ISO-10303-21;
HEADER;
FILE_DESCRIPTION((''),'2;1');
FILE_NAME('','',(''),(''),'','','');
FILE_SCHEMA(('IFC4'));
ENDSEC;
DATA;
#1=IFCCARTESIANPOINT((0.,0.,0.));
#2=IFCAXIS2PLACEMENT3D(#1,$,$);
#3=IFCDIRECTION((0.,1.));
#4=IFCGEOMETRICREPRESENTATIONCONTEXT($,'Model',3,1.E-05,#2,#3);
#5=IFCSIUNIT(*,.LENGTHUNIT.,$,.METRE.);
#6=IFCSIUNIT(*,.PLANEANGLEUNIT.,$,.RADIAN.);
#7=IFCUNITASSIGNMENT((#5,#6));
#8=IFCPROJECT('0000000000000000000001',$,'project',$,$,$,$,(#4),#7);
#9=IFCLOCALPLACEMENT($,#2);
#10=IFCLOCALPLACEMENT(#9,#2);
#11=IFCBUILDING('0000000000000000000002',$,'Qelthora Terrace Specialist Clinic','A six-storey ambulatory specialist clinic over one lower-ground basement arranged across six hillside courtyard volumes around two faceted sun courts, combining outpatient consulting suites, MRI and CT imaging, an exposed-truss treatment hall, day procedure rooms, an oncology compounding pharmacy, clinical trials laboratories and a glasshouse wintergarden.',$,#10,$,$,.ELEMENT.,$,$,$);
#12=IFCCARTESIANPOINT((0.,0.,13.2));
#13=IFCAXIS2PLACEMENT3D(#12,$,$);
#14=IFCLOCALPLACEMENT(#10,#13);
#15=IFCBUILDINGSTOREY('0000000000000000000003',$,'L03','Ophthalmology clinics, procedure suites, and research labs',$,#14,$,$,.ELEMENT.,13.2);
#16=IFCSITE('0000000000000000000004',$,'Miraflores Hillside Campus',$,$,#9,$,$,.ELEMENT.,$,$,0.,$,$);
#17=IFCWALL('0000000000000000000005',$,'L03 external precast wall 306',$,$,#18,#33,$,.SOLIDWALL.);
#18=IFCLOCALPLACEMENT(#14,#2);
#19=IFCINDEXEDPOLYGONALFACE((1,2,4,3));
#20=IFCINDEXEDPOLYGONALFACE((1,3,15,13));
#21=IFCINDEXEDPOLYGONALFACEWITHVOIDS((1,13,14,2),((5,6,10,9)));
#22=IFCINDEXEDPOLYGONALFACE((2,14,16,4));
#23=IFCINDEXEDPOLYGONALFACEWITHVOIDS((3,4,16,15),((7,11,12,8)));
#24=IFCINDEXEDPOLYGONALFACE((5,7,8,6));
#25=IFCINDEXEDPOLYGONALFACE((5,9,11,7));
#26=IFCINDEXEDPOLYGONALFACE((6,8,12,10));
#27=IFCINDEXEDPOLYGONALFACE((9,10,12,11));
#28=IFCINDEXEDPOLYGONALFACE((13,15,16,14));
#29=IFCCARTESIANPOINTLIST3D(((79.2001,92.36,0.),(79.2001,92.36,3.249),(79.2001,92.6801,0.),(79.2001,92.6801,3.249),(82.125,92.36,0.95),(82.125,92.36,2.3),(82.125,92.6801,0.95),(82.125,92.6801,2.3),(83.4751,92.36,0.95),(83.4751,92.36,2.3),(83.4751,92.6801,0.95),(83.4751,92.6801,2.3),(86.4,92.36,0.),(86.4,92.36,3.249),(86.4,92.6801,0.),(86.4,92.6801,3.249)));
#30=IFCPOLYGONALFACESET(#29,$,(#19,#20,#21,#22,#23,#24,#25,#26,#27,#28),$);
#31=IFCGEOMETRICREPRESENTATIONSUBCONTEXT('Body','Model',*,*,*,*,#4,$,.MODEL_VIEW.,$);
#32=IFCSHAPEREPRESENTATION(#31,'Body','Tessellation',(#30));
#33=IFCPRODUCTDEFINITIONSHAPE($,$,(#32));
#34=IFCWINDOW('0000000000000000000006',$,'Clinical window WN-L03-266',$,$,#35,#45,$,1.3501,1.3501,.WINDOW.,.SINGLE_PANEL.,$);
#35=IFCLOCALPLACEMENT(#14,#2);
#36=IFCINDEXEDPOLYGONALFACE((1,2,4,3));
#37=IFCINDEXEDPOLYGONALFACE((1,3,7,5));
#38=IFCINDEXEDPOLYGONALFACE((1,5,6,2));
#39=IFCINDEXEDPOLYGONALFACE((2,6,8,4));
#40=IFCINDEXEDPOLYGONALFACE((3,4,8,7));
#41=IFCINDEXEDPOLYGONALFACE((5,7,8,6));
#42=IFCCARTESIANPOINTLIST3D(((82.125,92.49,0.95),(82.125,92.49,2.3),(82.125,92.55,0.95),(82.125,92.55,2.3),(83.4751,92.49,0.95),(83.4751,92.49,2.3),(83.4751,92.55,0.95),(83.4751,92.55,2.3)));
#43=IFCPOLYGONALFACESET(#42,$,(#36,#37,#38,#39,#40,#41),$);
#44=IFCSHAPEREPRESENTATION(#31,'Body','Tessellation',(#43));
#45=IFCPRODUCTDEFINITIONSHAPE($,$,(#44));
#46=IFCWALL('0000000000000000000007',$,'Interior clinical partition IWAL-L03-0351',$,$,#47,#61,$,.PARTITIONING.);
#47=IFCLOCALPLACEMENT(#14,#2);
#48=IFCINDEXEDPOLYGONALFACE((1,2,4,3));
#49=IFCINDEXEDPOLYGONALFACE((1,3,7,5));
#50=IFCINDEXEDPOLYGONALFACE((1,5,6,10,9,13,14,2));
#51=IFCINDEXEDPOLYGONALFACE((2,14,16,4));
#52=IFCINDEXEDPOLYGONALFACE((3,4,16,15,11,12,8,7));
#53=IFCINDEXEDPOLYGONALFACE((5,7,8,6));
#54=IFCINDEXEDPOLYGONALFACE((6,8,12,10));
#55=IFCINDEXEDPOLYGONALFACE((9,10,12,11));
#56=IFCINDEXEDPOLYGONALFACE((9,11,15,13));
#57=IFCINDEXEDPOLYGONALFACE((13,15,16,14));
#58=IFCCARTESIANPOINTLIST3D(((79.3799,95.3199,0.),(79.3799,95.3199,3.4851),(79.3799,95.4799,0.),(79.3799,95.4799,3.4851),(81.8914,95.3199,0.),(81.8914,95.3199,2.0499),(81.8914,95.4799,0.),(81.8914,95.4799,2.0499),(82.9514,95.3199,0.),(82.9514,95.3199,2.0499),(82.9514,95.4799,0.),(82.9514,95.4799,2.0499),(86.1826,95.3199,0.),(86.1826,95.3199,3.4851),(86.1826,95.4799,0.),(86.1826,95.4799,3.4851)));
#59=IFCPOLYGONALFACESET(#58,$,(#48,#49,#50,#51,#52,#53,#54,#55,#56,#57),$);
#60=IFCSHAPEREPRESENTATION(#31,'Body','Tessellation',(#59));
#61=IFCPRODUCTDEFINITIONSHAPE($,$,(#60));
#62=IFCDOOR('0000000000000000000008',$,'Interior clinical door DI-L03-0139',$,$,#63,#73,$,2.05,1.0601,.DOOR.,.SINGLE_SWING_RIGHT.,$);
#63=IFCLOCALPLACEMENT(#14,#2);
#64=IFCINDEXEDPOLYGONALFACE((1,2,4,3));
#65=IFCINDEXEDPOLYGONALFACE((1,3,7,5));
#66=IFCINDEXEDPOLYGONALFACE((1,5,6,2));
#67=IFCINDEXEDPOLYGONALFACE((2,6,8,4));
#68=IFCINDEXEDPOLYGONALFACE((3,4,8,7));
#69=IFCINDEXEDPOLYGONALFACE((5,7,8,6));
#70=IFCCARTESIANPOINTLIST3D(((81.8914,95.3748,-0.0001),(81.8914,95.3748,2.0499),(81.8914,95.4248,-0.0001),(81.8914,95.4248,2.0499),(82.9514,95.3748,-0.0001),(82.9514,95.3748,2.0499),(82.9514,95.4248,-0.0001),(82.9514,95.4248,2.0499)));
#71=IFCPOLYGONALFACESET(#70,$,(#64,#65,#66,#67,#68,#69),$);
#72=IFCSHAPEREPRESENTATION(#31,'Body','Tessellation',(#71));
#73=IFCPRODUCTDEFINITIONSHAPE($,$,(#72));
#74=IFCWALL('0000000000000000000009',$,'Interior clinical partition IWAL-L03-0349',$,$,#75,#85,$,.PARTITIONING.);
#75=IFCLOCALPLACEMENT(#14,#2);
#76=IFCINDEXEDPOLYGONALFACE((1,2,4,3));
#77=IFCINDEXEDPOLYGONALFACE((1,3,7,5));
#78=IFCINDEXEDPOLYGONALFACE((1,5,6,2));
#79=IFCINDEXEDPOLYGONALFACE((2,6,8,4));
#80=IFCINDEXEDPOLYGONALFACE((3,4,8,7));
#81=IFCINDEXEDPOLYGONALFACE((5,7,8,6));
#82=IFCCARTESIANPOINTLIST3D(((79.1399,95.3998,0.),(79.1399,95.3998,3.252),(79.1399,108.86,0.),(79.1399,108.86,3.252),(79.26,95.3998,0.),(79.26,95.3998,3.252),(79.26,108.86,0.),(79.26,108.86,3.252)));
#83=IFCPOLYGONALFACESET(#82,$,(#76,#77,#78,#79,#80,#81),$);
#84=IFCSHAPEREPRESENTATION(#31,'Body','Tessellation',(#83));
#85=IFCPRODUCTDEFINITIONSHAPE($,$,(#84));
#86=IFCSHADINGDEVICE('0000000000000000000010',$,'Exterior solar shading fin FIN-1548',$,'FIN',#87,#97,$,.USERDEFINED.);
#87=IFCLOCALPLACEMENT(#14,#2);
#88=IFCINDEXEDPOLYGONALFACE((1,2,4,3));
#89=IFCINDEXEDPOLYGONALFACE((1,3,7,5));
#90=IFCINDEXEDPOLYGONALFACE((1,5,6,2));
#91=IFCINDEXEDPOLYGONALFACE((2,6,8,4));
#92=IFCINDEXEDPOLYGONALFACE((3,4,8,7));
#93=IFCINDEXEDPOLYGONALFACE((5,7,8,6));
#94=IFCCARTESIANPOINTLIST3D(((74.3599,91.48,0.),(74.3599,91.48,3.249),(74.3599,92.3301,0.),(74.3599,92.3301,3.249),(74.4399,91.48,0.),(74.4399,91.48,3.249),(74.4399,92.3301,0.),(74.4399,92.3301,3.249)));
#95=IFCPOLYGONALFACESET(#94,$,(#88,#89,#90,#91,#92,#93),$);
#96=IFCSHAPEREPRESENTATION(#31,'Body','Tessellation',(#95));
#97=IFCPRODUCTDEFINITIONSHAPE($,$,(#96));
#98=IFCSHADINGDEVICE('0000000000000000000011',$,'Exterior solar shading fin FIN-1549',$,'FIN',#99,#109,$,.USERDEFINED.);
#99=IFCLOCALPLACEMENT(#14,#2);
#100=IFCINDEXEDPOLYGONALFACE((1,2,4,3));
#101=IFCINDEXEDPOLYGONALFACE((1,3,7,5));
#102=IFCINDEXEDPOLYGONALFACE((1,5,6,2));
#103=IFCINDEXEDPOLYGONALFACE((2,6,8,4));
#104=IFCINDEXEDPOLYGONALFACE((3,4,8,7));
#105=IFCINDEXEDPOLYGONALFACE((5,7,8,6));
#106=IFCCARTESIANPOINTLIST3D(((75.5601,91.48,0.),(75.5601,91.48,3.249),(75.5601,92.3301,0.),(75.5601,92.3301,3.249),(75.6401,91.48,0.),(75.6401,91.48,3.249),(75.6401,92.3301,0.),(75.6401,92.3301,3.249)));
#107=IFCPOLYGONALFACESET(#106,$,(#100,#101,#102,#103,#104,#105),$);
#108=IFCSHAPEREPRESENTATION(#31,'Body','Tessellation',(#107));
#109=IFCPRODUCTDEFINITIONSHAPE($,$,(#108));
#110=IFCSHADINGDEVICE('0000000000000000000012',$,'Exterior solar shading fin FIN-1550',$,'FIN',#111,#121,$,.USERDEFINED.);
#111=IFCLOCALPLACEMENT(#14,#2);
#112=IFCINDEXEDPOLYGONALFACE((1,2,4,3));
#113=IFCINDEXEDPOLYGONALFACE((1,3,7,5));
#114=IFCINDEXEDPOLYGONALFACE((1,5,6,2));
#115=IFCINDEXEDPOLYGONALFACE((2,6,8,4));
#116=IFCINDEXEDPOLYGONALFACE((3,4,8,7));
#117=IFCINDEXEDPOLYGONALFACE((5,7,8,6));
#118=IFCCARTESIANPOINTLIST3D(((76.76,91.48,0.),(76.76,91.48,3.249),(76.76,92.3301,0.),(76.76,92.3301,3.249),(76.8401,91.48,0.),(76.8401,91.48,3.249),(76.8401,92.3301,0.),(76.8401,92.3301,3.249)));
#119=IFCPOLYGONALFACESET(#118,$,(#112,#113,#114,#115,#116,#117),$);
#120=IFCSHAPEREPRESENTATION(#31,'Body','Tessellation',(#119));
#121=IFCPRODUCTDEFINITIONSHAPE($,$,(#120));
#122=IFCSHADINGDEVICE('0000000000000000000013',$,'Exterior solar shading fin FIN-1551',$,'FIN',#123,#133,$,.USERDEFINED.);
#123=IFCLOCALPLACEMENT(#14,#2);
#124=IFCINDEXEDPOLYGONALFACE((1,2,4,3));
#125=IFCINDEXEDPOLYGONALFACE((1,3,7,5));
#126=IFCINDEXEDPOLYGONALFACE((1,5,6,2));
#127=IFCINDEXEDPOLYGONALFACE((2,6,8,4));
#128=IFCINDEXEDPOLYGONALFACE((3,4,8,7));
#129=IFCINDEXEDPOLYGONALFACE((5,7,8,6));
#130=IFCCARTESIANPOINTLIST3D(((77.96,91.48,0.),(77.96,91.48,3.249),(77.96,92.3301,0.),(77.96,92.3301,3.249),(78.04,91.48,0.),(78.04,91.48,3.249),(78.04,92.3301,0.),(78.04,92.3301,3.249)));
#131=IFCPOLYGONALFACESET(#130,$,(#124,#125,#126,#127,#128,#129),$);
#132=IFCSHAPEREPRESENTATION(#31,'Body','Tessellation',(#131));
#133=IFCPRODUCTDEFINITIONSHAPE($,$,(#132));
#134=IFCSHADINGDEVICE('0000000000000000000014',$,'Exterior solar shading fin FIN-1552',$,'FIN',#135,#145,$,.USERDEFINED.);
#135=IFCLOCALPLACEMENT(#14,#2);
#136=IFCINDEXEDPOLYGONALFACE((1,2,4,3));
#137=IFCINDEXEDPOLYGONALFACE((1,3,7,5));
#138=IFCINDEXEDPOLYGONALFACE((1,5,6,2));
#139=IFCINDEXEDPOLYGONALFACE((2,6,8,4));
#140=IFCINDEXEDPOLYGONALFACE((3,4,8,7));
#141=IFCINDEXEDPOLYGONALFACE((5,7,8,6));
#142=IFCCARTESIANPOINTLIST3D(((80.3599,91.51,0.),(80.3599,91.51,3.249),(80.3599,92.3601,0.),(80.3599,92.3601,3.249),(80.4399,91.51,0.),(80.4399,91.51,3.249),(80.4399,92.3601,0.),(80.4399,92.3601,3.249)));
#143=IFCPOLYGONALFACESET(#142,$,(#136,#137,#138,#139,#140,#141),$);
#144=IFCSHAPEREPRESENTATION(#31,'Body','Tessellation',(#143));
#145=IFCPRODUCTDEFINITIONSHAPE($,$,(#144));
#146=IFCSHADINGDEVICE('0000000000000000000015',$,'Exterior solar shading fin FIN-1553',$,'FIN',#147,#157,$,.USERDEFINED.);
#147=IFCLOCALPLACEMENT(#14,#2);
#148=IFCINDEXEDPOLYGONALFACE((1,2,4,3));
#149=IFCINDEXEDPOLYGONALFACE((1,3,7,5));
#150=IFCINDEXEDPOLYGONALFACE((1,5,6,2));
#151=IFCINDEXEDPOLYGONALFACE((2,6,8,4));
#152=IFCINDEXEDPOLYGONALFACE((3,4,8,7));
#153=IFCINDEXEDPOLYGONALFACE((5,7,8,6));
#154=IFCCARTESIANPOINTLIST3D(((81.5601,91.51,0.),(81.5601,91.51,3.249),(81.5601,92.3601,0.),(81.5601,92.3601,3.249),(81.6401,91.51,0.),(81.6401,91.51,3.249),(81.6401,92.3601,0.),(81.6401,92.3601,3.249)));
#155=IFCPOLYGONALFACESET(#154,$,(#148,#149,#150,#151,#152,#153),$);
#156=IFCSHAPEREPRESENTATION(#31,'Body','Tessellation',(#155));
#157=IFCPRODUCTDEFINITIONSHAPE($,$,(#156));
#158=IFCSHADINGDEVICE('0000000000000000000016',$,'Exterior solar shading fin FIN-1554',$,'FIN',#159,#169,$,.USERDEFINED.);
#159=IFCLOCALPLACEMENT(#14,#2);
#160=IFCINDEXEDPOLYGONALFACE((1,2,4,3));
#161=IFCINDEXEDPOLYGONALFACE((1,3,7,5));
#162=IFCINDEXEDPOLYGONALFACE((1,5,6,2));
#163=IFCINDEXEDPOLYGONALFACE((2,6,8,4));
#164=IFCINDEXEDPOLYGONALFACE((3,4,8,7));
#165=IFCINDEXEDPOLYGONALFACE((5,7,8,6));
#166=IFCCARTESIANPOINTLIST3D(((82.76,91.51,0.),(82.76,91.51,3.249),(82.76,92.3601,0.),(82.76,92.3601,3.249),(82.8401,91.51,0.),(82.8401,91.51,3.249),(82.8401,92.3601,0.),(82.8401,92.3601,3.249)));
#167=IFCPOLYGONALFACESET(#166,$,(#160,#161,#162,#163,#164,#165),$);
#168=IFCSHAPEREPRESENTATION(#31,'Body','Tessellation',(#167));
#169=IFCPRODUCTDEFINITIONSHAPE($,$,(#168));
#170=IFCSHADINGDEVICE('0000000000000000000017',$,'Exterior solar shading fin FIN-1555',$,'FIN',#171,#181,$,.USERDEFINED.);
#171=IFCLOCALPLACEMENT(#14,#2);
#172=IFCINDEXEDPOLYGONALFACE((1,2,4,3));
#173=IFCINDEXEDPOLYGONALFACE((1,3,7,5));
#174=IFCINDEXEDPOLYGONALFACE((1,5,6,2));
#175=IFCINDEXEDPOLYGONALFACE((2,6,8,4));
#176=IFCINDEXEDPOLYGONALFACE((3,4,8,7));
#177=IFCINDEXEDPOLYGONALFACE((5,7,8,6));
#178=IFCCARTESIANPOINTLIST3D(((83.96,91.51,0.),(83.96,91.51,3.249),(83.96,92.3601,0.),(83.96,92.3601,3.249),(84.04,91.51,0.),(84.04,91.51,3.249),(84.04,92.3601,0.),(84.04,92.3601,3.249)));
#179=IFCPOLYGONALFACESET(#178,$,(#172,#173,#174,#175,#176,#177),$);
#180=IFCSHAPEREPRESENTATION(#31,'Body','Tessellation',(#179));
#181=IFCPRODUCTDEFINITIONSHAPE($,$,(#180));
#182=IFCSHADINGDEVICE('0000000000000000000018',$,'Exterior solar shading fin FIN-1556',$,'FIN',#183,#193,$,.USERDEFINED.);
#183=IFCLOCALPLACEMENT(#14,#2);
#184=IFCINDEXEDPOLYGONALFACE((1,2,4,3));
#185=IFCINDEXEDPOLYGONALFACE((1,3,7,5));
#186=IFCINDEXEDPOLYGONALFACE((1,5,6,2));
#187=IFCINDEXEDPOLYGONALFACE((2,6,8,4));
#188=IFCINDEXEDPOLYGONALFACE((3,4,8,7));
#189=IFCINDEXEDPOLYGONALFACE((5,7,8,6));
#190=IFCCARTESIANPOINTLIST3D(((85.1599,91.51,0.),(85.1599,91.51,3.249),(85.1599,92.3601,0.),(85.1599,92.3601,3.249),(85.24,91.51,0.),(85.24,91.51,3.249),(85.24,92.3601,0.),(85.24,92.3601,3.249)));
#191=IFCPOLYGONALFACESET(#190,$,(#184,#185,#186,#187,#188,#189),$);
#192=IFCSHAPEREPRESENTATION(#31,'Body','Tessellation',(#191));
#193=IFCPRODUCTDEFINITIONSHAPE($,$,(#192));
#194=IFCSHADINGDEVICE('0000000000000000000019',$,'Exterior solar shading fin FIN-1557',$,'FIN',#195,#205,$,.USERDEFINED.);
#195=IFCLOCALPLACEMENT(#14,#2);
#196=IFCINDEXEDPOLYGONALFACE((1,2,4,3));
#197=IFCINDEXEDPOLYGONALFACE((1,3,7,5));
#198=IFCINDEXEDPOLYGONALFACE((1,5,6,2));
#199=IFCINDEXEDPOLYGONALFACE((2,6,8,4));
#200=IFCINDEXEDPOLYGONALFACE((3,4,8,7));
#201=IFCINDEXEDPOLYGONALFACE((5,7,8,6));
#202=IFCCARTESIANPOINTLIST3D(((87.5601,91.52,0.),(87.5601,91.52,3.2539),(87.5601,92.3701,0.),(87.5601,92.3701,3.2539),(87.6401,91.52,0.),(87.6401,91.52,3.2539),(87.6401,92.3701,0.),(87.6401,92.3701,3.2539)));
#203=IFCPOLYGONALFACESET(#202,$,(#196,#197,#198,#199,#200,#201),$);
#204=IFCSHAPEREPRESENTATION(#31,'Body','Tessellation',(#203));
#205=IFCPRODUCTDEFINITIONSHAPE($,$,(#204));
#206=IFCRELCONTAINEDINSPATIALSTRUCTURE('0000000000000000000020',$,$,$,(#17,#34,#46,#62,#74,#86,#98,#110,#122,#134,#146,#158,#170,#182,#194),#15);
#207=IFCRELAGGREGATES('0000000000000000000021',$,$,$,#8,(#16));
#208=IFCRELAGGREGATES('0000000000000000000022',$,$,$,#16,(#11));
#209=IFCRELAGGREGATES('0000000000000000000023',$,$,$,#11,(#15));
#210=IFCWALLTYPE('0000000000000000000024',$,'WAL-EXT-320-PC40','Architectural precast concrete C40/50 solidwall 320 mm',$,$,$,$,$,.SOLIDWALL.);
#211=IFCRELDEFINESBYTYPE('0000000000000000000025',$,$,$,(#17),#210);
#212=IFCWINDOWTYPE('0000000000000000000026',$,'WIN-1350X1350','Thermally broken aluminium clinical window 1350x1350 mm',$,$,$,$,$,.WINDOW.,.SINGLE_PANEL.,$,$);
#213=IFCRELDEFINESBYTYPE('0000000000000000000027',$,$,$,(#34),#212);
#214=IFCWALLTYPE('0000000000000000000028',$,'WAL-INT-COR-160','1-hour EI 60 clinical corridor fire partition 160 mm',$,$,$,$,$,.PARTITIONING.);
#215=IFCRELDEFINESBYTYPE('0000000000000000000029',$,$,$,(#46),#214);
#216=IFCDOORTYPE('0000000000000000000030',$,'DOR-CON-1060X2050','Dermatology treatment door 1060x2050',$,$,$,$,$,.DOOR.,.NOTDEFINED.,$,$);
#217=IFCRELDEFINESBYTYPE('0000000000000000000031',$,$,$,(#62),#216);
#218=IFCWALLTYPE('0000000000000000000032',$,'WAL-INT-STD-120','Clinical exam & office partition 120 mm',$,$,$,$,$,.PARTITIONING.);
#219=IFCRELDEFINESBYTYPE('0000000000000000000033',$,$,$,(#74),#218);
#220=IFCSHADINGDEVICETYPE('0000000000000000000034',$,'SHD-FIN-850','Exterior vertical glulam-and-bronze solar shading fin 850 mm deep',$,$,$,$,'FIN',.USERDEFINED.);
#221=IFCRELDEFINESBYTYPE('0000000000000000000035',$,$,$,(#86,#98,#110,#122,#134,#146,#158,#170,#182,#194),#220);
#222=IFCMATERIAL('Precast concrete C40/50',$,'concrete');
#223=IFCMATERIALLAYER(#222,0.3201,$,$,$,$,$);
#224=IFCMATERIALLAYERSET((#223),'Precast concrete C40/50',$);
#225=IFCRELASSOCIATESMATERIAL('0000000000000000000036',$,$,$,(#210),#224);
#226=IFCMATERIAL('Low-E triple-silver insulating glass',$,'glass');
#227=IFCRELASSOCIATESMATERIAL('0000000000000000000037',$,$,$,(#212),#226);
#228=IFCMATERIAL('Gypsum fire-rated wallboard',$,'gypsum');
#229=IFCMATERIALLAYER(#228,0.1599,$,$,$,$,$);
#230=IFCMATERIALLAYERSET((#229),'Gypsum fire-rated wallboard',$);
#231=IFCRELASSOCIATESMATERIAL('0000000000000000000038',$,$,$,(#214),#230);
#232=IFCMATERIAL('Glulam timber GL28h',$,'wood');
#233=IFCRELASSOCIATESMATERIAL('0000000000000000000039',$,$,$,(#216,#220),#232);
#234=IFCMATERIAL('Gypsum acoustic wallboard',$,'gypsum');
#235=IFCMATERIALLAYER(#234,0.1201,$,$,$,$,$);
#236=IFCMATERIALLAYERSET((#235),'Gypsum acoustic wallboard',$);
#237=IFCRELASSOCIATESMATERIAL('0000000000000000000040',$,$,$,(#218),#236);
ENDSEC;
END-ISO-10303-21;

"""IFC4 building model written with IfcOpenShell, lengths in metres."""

from ifc_helpers import new_model, si_unit, direction, frame, frame_2d, origin, origin_2d, place, context, subcontext, project, spatial, rectangle, extrude, material, layer, layer_set, type_object, element, fill, save


model = new_model("IFC4")

# Units and contexts
model_context = context("Model", 3, precision=1e-05, world=origin(), true_north=direction((0.0, 1.0)))
body_context = subcontext(model_context, "Body", "Model", "MODEL_VIEW")
ifc_project = project(units=[si_unit("LENGTHUNIT", "METRE"), si_unit("PLANEANGLEUNIT", "RADIAN")], contexts=[model_context])

# Site, building, storey
site_placement = place(None, origin())
site = spatial("IfcSite", under=ifc_project, at=site_placement, Name="Miraflores Hillside Campus", CompositionType="ELEMENT", RefElevation=0.0)
building_placement = place(site_placement, origin())
building = spatial("IfcBuilding", under=site, at=building_placement, Name="Qelthora Terrace Specialist Clinic", Description="A six-storey ambulatory specialist clinic over one lower-ground basement arranged across six hillside courtyard volumes around two faceted sun courts, combining outpatient consulting suites, MRI and CT imaging, an exposed-truss treatment hall, day procedure rooms, an oncology compounding pharmacy, clinical trials laboratories and a glasshouse wintergarden.", CompositionType="ELEMENT")
storey_placement = place(building_placement, frame((0.0, 0.0, 13.2)))
storey = spatial("IfcBuildingStorey", under=building, at=storey_placement, Name="L03", Description="Ophthalmology clinics, procedure suites, and research labs", CompositionType="ELEMENT", Elevation=13.2)

# Wall, opening, window
ifc_material_1 = material(Name="Precast concrete C40/50", Category="concrete")
ifc_material_2 = material(Name="Low-E triple-silver insulating glass", Category="glass")
ifc_layer_1 = layer(ifc_material_1, 0.3201)
ifc_layer_set_1 = layer_set([ifc_layer_1], Name="Precast concrete C40/50")
wall_type_1 = type_object("IfcWallType", Name="WAL-EXT-320-PC40", Description="Architectural precast concrete C40/50 solidwall 320 mm", PredefinedType="SOLIDWALL", material=ifc_layer_set_1)
wall_1_placement = place(storey_placement, frame((79.2, 92.52, 0.0), z_axis=(0.0, 0.0, 1.0), x_axis=(1.0, 0.0, 0.0)))
wall_1 = element("IfcWall", 1, at=wall_1_placement, inside=storey, type_object=wall_type_1, Name="L03 external precast wall 306", PredefinedType="SOLIDWALL", context=body_context, shape_type="SweptSolid", body=[
    extrude(rectangle(XDim=7.2, YDim=0.3201, at=frame_2d((3.6001, 0.0))), origin(), (0.0, 0.0, 1.0), 3.249),
])
opening_1_placement = place(wall_1_placement, frame((2.925, 0.0, 0.95)))
opening_1 = element("IfcOpeningElement", 2, at=opening_1_placement, cuts=wall_1, PredefinedType="OPENING", context=body_context, shape_type="SweptSolid", body=[
    extrude(rectangle(XDim=1.3501, YDim=1.3501, at=frame_2d((0.675, 0.675))), frame((0.0, 0.1699, 0.0), z_axis=(0.0, -1.0, 0.0), x_axis=(1.0, 0.0, 0.0)), (0.0, 0.0, 1.0), 0.3401),
])
window_type_1 = type_object("IfcWindowType", Name="WIN-1350X1350", Description="Thermally broken aluminium clinical window 1350x1350 mm", PartitioningType="SINGLE_PANEL", PredefinedType="WINDOW", material=ifc_material_2)
window_1_placement = place(opening_1_placement, origin())
window_1 = element("IfcWindow", 3, at=window_1_placement, inside=storey, type_object=window_type_1, Name="Clinical window WN-L03-266", OverallHeight=1.3501, OverallWidth=1.3501, PartitioningType="SINGLE_PANEL", PredefinedType="WINDOW", context=body_context, shape_type="SweptSolid", body=[
    extrude(rectangle(XDim=1.3501, YDim=1.3501, at=frame_2d((0.675, 0.675))), frame((0.0, 0.03, 0.0), z_axis=(0.0, -1.0, 0.0), x_axis=(1.0, 0.0, 0.0)), (0.0, 0.0, 1.0), 0.0601),
])
fill(opening_1, window_1)

# Wall, opening, door
ifc_material_3 = material(Name="Gypsum fire-rated wallboard", Category="gypsum")
ifc_layer_2 = layer(ifc_material_3, 0.1599)
ifc_layer_set_2 = layer_set([ifc_layer_2], Name="Gypsum fire-rated wallboard")
wall_type_2 = type_object("IfcWallType", Name="WAL-INT-COR-160", Description="1-hour EI 60 clinical corridor fire partition 160 mm", PredefinedType="PARTITIONING", material=ifc_layer_set_2)
wall_2_placement = place(storey_placement, frame((86.1826, 95.3999, 0.0), z_axis=(0.0, 0.0, 1.0), x_axis=(-1.0, 0.0, 0.0)))
wall_2 = element("IfcWall", 4, at=wall_2_placement, inside=storey, type_object=wall_type_2, Name="Interior clinical partition IWAL-L03-0351", PredefinedType="PARTITIONING", context=body_context, shape_type="SweptSolid", body=[
    extrude(rectangle(XDim=6.8027, YDim=0.1599, at=frame_2d((3.4014, 0.0))), origin(), (0.0, 0.0, 1.0), 3.4851),
])
opening_2_placement = place(wall_2_placement, frame((3.2312, 0.0, 0.0)))
opening_2 = element("IfcOpeningElement", 5, at=opening_2_placement, cuts=wall_2, PredefinedType="OPENING", context=body_context, shape_type="SweptSolid", body=[
    extrude(rectangle(XDim=1.0601, YDim=2.05, at=frame_2d((0.53, 1.0249))), frame((0.0, 0.0898, 0.0), z_axis=(0.0, -1.0, 0.0), x_axis=(1.0, 0.0, 0.0)), (0.0, 0.0, 1.0), 0.1799),
])
ifc_material_4 = material(Name="Glulam timber GL28h", Category="wood")
door_type = type_object("IfcDoorType", Name="DOR-CON-1060X2050", Description="Dermatology treatment door 1060x2050", OperationType="NOTDEFINED", PredefinedType="DOOR", material=ifc_material_4)
door_placement = place(opening_2_placement, frame((1.0601, 0.0, 0.0), z_axis=(0.0, 0.0, 1.0), x_axis=(-1.0, 0.0, 0.0)))
door = element("IfcDoor", 6, at=door_placement, inside=storey, type_object=door_type, Name="Interior clinical door DI-L03-0139", OperationType="SINGLE_SWING_RIGHT", OverallHeight=2.05, OverallWidth=1.0601, PredefinedType="DOOR", context=body_context, shape_type="SweptSolid", body=[
    extrude(rectangle(XDim=1.0601, YDim=2.05, at=frame_2d((0.53, 1.0249))), frame((0.0, 0.0249, 0.0), z_axis=(0.0, -1.0, 0.0), x_axis=(1.0, 0.0, 0.0)), (0.0, 0.0, 1.0), 0.05),
])
fill(opening_2, door)

# Wall
ifc_material_5 = material(Name="Gypsum acoustic wallboard", Category="gypsum")
ifc_layer_3 = layer(ifc_material_5, 0.1201)
ifc_layer_set_3 = layer_set([ifc_layer_3], Name="Gypsum acoustic wallboard")
wall_type_3 = type_object("IfcWallType", Name="WAL-INT-STD-120", Description="Clinical exam & office partition 120 mm", PredefinedType="PARTITIONING", material=ifc_layer_set_3)
wall_3_placement = place(storey_placement, frame((79.2, 95.3999, 0.0), z_axis=(0.0, 0.0, 1.0), x_axis=(0.0, 1.0, 0.0)))
element("IfcWall", 7, at=wall_3_placement, inside=storey, type_object=wall_type_3, Name="Interior clinical partition IWAL-L03-0349", PredefinedType="PARTITIONING", context=body_context, shape_type="SweptSolid", body=[
    extrude(rectangle(XDim=13.4602, YDim=0.1201, at=frame_2d((6.73, 0.0))), origin(), (0.0, 0.0, 1.0), 3.252),
])

# Shading devices
shading_device_type = type_object("IfcShadingDeviceType", Name="SHD-FIN-850", Description="Exterior vertical glulam-and-bronze solar shading fin 850 mm deep", ElementType="FIN", PredefinedType="USERDEFINED", material=ifc_material_4)
for number, where, z_axis, x_axis, name in (
    (8, (74.3999, 91.905, 0.0), (0.0, 0.0, 1.0), (0.0, -1.0, 0.0), "Exterior solar shading fin FIN-1548"),
    (9, (75.6001, 91.905, 0.0), (0.0, 0.0, 1.0), (0.0, -1.0, 0.0), "Exterior solar shading fin FIN-1549"),
    (10, (76.8, 91.905, 0.0), (0.0, 0.0, 1.0), (0.0, -1.0, 0.0), "Exterior solar shading fin FIN-1550"),
    (11, (78.0, 91.905, 0.0), (0.0, 0.0, 1.0), (0.0, -1.0, 0.0), "Exterior solar shading fin FIN-1551"),
    (12, (80.3999, 91.9351, 0.0), (0.0, 0.0, 1.0), (0.0, -1.0, 0.0), "Exterior solar shading fin FIN-1552"),
    (13, (81.6001, 91.9351, 0.0), (0.0, 0.0, 1.0), (0.0, -1.0, 0.0), "Exterior solar shading fin FIN-1553"),
    (14, (82.8, 91.9351, 0.0), (0.0, 0.0, 1.0), (0.0, -1.0, 0.0), "Exterior solar shading fin FIN-1554"),
    (15, (84.0, 91.9351, 0.0), (0.0, 0.0, 1.0), (0.0, -1.0, 0.0), "Exterior solar shading fin FIN-1555"),
    (16, (85.2, 91.9351, 0.0), (0.0, 0.0, 1.0), (0.0, -1.0, 0.0), "Exterior solar shading fin FIN-1556"),
):
    element("IfcShadingDevice", number, at=place(storey_placement, frame(where, z_axis=z_axis, x_axis=x_axis)), inside=storey, type_object=shading_device_type, Name=name, ObjectType="FIN", PredefinedType="USERDEFINED", context=body_context, shape_type="SweptSolid", body=[
        extrude(rectangle(XDim=0.8501, YDim=0.0801, at=origin_2d()), origin(), (0.0, 0.0, 1.0), 3.249),
    ])
shading_device_placement = place(storey_placement, frame((87.6001, 91.9451, 0.0), z_axis=(0.0, 0.0, 1.0), x_axis=(0.0, -1.0, 0.0)))
element("IfcShadingDevice", 17, at=shading_device_placement, inside=storey, type_object=shading_device_type, Name="Exterior solar shading fin FIN-1557", ObjectType="FIN", PredefinedType="USERDEFINED", context=body_context, shape_type="SweptSolid", body=[
    extrude(rectangle(XDim=0.8501, YDim=0.0801, at=origin_2d()), origin(), (0.0, 0.0, 1.0), 3.2539),
])

save(model, "model.ifc")
